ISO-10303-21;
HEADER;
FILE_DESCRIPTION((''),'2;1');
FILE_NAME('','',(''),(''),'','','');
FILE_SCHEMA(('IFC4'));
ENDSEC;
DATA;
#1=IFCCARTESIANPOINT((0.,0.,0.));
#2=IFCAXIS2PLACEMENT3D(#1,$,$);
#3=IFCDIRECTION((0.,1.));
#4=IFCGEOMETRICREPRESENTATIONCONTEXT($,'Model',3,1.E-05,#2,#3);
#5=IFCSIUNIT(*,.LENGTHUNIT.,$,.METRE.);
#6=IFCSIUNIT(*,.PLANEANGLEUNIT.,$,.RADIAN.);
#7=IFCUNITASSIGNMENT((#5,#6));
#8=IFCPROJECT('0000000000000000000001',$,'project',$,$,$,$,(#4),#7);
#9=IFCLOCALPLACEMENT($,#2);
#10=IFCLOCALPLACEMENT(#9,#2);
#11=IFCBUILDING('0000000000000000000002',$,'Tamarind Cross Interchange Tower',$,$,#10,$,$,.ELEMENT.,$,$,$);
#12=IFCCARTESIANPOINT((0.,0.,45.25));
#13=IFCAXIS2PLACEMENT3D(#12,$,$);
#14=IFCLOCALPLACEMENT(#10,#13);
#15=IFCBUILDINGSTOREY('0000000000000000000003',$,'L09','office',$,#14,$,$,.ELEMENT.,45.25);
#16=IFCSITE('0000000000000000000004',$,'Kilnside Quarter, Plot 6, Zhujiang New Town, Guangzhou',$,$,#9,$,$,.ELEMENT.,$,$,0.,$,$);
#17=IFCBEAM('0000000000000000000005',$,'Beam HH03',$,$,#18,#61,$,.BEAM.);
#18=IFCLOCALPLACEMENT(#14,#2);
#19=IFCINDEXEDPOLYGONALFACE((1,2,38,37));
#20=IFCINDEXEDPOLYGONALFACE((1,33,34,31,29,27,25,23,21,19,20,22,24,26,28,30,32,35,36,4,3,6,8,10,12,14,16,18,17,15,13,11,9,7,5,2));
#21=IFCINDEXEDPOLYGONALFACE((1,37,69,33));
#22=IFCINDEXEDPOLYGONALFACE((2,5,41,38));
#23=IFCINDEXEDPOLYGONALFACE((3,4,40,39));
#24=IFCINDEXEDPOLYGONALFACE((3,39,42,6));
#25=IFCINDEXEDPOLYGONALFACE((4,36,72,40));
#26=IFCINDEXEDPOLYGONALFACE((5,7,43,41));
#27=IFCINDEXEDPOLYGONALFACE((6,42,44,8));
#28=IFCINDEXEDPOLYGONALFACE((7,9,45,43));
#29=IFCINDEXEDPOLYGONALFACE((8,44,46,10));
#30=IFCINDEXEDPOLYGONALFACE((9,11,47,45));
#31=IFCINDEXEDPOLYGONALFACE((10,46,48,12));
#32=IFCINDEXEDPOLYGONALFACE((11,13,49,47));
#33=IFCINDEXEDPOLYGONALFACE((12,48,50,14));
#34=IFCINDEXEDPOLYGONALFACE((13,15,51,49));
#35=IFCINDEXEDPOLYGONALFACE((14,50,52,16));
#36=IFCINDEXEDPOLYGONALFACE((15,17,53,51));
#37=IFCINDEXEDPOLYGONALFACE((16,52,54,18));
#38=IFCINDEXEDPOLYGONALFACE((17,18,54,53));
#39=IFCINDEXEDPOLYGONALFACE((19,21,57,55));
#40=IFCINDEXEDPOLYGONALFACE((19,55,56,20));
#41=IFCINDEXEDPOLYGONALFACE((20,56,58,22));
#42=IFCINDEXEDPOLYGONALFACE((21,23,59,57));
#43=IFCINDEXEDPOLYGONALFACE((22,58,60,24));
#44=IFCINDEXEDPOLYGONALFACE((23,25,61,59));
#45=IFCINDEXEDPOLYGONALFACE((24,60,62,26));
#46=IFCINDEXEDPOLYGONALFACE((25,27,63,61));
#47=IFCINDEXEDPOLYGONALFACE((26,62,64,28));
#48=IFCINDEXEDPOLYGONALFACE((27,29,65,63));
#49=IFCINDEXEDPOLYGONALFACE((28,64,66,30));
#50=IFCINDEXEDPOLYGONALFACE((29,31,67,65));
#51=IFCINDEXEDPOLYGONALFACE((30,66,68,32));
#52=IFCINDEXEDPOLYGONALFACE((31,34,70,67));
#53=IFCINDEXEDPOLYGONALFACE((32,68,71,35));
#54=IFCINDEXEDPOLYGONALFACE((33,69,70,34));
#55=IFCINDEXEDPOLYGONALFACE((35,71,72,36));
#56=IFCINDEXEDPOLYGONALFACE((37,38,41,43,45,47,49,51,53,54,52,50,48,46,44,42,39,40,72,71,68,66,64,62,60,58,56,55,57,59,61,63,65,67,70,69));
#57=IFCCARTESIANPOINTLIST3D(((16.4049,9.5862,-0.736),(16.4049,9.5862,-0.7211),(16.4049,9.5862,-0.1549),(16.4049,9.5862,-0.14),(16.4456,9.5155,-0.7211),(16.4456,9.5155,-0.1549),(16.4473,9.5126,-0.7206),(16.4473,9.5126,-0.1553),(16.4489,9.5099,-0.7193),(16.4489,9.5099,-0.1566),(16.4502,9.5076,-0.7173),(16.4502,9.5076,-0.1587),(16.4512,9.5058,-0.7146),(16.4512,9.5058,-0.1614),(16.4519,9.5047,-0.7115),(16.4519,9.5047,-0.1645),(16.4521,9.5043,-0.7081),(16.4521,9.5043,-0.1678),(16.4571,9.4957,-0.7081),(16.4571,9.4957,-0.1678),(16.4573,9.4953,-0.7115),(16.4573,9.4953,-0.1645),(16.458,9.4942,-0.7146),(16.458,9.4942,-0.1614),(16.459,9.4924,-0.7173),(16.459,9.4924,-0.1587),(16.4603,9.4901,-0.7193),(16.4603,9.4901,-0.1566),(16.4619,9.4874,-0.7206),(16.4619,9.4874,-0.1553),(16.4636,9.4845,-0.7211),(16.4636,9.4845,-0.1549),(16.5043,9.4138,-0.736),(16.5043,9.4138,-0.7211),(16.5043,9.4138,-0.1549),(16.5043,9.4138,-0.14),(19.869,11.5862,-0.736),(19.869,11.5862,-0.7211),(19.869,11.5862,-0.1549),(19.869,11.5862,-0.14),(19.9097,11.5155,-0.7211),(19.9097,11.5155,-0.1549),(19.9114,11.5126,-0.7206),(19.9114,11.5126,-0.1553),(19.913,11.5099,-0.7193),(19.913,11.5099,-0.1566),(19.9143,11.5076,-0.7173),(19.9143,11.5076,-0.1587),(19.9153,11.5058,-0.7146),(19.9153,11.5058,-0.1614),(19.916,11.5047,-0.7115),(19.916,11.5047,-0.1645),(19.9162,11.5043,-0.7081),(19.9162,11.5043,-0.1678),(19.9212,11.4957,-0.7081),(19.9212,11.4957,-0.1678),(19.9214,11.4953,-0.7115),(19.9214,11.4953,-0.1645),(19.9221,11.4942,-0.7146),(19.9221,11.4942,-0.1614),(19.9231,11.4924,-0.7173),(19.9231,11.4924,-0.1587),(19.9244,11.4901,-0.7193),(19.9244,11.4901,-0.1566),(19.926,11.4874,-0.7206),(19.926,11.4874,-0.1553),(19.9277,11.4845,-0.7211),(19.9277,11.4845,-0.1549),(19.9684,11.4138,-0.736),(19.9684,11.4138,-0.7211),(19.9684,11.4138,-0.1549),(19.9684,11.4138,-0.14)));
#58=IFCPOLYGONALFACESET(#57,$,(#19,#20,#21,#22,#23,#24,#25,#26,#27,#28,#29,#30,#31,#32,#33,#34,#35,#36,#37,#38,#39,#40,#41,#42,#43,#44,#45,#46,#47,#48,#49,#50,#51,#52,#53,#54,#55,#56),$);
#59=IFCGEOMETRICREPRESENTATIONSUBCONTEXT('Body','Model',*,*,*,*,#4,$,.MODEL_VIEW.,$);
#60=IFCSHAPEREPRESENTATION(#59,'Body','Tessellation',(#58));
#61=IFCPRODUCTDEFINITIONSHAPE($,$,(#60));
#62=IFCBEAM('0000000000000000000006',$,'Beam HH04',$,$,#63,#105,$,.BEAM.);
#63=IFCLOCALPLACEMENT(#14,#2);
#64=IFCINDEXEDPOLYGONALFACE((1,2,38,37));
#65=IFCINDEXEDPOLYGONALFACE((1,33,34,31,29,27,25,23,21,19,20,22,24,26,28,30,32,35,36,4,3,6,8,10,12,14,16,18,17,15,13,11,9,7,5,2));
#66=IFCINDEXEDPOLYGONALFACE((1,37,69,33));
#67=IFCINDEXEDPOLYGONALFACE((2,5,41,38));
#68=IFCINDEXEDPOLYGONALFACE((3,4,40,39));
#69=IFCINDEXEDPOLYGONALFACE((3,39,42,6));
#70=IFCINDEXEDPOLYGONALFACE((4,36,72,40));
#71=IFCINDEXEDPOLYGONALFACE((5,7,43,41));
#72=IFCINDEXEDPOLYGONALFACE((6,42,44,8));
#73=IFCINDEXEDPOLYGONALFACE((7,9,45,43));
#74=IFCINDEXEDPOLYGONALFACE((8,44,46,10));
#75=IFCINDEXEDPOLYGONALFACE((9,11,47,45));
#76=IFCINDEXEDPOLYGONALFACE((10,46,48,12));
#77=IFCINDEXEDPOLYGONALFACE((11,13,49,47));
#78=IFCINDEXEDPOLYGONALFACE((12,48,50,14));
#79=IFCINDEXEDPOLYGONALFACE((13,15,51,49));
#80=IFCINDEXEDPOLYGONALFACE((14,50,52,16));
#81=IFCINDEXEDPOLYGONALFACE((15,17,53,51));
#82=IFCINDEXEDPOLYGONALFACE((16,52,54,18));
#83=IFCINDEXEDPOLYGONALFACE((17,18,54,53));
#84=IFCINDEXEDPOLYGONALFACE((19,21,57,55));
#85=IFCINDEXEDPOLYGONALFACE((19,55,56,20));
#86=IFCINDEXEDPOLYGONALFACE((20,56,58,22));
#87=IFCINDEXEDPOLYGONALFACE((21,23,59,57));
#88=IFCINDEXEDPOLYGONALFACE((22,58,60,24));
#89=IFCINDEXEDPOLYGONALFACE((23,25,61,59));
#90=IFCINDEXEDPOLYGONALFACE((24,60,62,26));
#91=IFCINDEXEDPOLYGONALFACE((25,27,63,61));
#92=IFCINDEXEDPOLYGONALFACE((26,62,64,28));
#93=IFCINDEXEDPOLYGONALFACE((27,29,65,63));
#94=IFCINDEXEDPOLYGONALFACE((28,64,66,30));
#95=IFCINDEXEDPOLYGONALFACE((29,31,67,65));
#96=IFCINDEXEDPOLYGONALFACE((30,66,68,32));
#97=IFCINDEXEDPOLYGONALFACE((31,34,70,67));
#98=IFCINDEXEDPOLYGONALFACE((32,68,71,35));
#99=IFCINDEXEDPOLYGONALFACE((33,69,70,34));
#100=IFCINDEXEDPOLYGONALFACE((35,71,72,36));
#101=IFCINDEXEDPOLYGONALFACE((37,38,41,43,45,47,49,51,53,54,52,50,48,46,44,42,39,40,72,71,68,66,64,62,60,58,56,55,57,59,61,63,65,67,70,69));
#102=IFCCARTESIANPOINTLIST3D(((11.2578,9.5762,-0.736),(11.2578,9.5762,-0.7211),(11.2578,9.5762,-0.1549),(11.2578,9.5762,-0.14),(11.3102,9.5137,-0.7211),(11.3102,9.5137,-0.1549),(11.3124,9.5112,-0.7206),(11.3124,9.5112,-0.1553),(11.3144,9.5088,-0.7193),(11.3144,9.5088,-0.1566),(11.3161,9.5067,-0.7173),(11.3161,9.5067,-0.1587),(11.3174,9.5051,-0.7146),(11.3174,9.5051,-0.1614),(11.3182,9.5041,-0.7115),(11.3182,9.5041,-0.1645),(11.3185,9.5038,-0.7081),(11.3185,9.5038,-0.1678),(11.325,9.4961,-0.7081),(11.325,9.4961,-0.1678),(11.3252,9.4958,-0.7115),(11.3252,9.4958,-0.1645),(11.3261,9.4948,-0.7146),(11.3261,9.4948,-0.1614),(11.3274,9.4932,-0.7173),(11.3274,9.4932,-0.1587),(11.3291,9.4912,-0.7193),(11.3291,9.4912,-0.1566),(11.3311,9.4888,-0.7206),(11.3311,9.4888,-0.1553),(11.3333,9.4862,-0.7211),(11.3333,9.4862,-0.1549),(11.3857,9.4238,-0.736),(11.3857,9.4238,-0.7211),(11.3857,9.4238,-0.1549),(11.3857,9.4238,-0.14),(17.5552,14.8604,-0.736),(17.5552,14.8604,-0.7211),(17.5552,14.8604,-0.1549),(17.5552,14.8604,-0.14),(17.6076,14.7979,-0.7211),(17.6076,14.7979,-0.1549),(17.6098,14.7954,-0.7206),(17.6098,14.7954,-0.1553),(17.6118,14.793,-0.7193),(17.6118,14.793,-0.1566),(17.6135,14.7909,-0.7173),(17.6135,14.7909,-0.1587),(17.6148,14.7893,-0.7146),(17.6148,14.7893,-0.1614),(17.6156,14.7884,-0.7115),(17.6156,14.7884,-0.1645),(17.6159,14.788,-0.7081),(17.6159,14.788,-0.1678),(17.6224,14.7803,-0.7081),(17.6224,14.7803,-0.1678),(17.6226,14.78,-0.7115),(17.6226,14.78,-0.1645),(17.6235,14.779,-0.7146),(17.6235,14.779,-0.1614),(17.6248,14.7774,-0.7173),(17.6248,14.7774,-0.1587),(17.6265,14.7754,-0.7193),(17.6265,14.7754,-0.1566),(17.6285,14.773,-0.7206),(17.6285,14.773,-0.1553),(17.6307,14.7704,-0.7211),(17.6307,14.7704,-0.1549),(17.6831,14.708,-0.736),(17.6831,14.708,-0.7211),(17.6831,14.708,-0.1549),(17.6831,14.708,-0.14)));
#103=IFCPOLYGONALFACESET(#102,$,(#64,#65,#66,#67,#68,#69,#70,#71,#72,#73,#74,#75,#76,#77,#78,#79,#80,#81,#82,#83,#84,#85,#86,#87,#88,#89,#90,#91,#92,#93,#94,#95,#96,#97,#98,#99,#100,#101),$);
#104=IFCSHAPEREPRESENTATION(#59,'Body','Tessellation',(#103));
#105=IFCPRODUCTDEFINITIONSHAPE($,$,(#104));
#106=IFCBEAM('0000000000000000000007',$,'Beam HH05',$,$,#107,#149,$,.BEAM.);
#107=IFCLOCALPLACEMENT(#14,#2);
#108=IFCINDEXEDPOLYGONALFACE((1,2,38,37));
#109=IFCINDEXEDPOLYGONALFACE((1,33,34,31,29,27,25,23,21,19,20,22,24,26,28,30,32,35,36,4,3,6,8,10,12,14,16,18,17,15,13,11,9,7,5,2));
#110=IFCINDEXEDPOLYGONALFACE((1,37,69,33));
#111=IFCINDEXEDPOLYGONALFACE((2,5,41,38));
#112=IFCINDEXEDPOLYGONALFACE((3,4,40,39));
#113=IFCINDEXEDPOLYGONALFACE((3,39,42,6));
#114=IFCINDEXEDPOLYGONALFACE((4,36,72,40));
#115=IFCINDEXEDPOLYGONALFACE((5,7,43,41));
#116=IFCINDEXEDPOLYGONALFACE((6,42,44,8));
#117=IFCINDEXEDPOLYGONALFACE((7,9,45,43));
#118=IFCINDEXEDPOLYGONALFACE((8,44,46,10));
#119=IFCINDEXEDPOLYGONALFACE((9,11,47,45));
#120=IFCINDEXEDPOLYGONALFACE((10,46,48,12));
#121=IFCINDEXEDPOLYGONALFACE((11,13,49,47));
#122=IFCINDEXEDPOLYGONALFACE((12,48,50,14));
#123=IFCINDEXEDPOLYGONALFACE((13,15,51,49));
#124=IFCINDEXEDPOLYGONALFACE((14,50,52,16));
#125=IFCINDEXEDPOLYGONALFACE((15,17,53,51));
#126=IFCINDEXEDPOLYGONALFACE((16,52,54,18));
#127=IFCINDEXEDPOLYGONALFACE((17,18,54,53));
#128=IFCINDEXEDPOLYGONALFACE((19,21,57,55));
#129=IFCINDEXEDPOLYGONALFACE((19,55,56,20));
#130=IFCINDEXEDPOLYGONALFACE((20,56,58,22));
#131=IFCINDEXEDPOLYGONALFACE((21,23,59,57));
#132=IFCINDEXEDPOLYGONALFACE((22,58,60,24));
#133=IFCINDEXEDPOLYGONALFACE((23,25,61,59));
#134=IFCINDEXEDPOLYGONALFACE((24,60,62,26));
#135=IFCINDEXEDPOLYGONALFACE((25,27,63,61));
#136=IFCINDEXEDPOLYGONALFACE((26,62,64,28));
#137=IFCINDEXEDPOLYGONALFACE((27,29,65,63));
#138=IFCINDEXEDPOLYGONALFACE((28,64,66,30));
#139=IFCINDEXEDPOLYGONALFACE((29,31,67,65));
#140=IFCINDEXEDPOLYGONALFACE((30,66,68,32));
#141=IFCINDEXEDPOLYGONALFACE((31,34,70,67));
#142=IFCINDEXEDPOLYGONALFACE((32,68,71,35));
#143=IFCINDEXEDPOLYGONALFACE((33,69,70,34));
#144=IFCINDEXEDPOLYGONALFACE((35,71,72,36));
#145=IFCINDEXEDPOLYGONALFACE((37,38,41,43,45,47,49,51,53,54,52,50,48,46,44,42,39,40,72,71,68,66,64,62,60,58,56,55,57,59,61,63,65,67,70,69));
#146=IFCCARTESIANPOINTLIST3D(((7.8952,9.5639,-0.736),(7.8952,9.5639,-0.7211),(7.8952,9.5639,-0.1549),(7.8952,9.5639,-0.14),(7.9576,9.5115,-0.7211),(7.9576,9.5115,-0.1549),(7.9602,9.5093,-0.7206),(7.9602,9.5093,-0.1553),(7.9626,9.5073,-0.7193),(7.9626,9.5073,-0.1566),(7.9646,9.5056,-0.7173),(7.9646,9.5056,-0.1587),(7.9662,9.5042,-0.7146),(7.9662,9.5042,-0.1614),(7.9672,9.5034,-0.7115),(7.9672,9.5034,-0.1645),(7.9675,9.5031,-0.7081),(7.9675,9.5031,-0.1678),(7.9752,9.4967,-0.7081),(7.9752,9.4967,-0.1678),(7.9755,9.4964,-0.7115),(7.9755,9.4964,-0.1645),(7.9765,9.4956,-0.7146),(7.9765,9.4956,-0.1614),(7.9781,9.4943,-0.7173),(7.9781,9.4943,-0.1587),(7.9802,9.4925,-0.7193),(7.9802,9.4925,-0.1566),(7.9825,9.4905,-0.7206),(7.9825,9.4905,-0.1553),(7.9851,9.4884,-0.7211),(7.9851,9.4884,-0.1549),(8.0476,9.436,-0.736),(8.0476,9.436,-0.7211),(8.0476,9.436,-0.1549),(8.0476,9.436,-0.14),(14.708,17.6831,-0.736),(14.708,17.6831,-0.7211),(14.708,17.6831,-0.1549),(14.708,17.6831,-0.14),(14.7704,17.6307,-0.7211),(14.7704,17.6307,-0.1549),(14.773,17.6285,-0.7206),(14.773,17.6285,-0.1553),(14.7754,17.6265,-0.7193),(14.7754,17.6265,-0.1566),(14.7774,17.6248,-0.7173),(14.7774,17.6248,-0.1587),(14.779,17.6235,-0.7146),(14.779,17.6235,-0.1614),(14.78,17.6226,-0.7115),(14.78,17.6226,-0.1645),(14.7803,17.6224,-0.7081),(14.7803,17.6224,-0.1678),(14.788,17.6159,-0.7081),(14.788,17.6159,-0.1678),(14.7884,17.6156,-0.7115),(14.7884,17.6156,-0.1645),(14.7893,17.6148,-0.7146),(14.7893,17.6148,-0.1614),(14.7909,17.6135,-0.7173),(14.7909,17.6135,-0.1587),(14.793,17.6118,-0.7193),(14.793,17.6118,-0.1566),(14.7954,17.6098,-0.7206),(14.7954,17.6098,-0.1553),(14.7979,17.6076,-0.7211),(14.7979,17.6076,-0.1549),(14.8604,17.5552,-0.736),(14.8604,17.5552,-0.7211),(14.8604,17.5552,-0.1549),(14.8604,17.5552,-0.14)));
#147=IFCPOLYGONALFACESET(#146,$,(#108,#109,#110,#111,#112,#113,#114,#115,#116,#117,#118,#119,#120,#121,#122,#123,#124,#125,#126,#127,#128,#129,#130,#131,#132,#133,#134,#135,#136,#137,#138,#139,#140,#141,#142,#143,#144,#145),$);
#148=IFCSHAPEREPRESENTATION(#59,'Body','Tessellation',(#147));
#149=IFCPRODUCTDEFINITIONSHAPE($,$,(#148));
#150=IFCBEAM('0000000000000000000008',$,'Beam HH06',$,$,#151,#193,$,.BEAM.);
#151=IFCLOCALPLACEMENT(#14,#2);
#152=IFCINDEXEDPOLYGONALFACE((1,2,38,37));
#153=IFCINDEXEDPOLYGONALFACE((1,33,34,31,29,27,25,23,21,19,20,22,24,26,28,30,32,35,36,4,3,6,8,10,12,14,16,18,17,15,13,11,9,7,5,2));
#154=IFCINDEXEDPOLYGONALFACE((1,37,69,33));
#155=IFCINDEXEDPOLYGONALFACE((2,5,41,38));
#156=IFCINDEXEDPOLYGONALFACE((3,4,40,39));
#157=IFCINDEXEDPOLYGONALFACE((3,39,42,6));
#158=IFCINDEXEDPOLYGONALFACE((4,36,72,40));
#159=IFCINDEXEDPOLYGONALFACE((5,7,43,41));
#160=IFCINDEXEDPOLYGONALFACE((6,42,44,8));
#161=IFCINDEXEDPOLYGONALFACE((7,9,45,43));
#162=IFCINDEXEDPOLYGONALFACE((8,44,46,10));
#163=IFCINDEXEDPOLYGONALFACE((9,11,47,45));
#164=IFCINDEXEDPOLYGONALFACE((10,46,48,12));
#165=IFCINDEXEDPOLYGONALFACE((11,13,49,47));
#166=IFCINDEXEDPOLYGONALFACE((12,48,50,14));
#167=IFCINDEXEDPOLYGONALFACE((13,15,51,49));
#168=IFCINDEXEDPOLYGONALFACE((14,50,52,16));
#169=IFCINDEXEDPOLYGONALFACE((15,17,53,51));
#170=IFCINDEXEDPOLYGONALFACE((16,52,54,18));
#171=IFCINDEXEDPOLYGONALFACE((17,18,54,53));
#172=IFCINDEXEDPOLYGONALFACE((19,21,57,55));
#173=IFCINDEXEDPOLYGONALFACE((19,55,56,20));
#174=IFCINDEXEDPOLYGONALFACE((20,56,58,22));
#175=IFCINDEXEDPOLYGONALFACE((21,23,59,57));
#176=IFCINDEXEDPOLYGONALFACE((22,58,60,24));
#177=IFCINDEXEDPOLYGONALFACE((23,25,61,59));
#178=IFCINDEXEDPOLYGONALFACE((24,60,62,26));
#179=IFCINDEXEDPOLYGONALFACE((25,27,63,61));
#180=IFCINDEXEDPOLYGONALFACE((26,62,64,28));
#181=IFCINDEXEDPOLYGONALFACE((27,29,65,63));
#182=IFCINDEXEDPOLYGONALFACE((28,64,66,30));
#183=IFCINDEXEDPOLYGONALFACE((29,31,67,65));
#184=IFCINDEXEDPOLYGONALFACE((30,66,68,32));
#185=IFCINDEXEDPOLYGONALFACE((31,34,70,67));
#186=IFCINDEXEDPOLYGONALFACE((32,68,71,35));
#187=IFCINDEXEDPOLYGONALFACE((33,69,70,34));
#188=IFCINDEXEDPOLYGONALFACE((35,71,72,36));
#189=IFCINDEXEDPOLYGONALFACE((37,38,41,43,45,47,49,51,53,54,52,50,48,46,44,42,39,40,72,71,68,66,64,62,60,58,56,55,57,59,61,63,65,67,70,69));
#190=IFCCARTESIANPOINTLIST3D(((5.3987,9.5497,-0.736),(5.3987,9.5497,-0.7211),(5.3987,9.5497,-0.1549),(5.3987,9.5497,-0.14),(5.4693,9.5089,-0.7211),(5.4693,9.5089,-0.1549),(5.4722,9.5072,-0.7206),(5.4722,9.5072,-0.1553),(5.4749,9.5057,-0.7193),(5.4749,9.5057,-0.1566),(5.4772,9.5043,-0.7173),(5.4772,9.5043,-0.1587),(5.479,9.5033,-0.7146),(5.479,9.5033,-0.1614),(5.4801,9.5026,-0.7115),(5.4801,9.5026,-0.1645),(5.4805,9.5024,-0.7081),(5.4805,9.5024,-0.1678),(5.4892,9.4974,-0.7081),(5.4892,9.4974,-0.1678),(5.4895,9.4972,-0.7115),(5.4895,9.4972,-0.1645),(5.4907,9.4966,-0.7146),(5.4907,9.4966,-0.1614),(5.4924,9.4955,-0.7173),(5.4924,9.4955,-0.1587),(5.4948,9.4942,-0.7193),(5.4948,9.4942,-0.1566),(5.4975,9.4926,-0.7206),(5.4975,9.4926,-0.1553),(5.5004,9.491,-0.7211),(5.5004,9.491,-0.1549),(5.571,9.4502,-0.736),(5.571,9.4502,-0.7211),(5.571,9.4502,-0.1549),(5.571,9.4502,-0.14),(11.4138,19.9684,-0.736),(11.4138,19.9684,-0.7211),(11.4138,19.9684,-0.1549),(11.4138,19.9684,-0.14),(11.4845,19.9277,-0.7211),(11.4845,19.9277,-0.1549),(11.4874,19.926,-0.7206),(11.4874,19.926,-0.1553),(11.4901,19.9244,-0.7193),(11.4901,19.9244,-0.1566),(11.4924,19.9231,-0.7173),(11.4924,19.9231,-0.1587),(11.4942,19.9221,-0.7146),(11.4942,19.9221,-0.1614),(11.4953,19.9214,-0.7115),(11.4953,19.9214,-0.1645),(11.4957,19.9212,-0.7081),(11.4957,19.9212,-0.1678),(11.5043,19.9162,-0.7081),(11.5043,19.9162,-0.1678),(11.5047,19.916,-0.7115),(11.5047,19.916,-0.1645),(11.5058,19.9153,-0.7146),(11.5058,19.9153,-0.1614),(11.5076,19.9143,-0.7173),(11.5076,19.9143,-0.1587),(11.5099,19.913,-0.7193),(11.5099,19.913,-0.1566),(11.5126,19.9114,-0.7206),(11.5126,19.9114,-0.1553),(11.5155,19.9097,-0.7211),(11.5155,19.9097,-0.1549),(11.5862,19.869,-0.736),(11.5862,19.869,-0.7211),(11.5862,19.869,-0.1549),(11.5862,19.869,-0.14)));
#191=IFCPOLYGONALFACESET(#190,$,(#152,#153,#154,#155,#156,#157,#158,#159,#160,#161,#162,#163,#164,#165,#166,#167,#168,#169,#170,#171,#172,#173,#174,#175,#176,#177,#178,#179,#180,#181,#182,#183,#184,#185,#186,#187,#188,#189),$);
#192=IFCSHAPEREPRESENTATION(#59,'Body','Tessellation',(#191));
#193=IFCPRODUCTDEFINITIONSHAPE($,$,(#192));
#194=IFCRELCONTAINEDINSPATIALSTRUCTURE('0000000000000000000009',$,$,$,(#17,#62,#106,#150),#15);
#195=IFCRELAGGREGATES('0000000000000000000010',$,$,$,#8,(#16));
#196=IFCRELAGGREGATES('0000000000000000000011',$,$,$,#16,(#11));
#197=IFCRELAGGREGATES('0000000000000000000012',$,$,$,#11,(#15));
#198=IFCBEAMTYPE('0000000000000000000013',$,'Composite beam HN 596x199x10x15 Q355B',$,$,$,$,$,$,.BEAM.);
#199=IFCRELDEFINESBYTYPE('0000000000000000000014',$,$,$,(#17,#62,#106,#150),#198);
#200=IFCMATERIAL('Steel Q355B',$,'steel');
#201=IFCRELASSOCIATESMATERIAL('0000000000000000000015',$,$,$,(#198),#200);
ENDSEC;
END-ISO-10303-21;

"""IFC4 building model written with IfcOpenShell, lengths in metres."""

from ifc_helpers import new_model, si_unit, direction, frame, origin, origin_2d, place, context, subcontext, project, spatial, i_section, extrude, material, material_profile, profile_set, type_object, element, save


model = new_model("IFC4")

# Units and contexts
model_context = context("Model", 3, precision=1e-05, world=origin(), true_north=direction((0.0, 1.0)))
body_context = subcontext(model_context, "Body", "Model", "MODEL_VIEW")
ifc_project = project(units=[si_unit("LENGTHUNIT", "METRE"), si_unit("PLANEANGLEUNIT", "RADIAN")], contexts=[model_context])

# Site, building, storey
site_placement = place(None, origin())
site = spatial("IfcSite", under=ifc_project, at=site_placement, Name="Kilnside Quarter, Plot 6, Zhujiang New Town, Guangzhou", CompositionType="ELEMENT", RefElevation=0.0)
building_placement = place(site_placement, origin())
building = spatial("IfcBuilding", under=site, at=building_placement, Name="Tamarind Cross Interchange Tower", CompositionType="ELEMENT")
storey_placement = place(building_placement, frame((0.0, 0.0, 45.25)))
storey = spatial("IfcBuildingStorey", under=building, at=storey_placement, Name="L09", Description="office", CompositionType="ELEMENT", Elevation=45.25)

# Beams
ifc_material_1 = material(Name="Steel Q355B", Category="steel")
ifc_material_profile_1 = material_profile(ifc_material_1, i_section(OverallWidth=0.199, OverallDepth=0.5959, WebThickness=0.01, FlangeThickness=0.0149, FilletRadius=0.0129, at=origin_2d()), Name="HN 596x199x10x15")
ifc_profile_set_1 = profile_set([ifc_material_profile_1], Name="Steel Q355B")
beam_type_1 = type_object("IfcBeamType", Name="Composite beam HN 596x199x10x15 Q355B", PredefinedType="BEAM", material=ifc_profile_set_1)
beam_1_placement = place(storey_placement, frame((19.9187, 11.5, -0.438), z_axis=(-0.866026, -0.499999, 0.0), x_axis=(0.499999, -0.866026, 0.0)))
element("IfcBeam", 1, at=beam_1_placement, inside=storey, type_object=beam_type_1, Name="Beam HH03", PredefinedType="BEAM", context=body_context, shape_type="SweptSolid", body=[
    extrude(i_section(OverallWidth=0.199, OverallDepth=0.5959, WebThickness=0.01, FlangeThickness=0.0149, FilletRadius=0.0129, at=origin_2d()), origin(), (0.0, 0.0, 1.0), 4.0),
])
beam_2_placement = place(storey_placement, frame((17.6191, 14.7842, -0.438), z_axis=(-0.766041, -0.642792, 0.0), x_axis=(0.642792, -0.766041, 0.0)))
element("IfcBeam", 2, at=beam_2_placement, inside=storey, type_object=beam_type_1, Name="Beam HH04", PredefinedType="BEAM", context=body_context, shape_type="SweptSolid", body=[
    extrude(i_section(OverallWidth=0.199, OverallDepth=0.5959, WebThickness=0.01, FlangeThickness=0.0149, FilletRadius=0.0129, at=origin_2d()), origin(), (0.0, 0.0, 1.0), 8.2207),
])
beam_3_placement = place(storey_placement, frame((14.7842, 17.6191, -0.438), z_axis=(-0.642786, -0.766046, 0.0), x_axis=(0.766046, -0.642786, 0.0)))
element("IfcBeam", 3, at=beam_3_placement, inside=storey, type_object=beam_type_1, Name="Beam HH05", PredefinedType="BEAM", context=body_context, shape_type="SweptSolid", body=[
    extrude(i_section(OverallWidth=0.199, OverallDepth=0.5959, WebThickness=0.01, FlangeThickness=0.0149, FilletRadius=0.0129, at=origin_2d()), origin(), (0.0, 0.0, 1.0), 10.5989),
])
beam_4_placement = place(storey_placement, frame((11.5, 19.9187, -0.438), z_axis=(-0.499994, -0.866029, 0.0), x_axis=(0.866029, -0.499994, 0.0)))
element("IfcBeam", 4, at=beam_4_placement, inside=storey, type_object=beam_type_1, Name="Beam HH06", PredefinedType="BEAM", context=body_context, shape_type="SweptSolid", body=[
    extrude(i_section(OverallWidth=0.199, OverallDepth=0.5959, WebThickness=0.01, FlangeThickness=0.0149, FilletRadius=0.0129, at=origin_2d()), origin(), (0.0, 0.0, 1.0), 12.0305),
])

save(model, "model.ifc")
